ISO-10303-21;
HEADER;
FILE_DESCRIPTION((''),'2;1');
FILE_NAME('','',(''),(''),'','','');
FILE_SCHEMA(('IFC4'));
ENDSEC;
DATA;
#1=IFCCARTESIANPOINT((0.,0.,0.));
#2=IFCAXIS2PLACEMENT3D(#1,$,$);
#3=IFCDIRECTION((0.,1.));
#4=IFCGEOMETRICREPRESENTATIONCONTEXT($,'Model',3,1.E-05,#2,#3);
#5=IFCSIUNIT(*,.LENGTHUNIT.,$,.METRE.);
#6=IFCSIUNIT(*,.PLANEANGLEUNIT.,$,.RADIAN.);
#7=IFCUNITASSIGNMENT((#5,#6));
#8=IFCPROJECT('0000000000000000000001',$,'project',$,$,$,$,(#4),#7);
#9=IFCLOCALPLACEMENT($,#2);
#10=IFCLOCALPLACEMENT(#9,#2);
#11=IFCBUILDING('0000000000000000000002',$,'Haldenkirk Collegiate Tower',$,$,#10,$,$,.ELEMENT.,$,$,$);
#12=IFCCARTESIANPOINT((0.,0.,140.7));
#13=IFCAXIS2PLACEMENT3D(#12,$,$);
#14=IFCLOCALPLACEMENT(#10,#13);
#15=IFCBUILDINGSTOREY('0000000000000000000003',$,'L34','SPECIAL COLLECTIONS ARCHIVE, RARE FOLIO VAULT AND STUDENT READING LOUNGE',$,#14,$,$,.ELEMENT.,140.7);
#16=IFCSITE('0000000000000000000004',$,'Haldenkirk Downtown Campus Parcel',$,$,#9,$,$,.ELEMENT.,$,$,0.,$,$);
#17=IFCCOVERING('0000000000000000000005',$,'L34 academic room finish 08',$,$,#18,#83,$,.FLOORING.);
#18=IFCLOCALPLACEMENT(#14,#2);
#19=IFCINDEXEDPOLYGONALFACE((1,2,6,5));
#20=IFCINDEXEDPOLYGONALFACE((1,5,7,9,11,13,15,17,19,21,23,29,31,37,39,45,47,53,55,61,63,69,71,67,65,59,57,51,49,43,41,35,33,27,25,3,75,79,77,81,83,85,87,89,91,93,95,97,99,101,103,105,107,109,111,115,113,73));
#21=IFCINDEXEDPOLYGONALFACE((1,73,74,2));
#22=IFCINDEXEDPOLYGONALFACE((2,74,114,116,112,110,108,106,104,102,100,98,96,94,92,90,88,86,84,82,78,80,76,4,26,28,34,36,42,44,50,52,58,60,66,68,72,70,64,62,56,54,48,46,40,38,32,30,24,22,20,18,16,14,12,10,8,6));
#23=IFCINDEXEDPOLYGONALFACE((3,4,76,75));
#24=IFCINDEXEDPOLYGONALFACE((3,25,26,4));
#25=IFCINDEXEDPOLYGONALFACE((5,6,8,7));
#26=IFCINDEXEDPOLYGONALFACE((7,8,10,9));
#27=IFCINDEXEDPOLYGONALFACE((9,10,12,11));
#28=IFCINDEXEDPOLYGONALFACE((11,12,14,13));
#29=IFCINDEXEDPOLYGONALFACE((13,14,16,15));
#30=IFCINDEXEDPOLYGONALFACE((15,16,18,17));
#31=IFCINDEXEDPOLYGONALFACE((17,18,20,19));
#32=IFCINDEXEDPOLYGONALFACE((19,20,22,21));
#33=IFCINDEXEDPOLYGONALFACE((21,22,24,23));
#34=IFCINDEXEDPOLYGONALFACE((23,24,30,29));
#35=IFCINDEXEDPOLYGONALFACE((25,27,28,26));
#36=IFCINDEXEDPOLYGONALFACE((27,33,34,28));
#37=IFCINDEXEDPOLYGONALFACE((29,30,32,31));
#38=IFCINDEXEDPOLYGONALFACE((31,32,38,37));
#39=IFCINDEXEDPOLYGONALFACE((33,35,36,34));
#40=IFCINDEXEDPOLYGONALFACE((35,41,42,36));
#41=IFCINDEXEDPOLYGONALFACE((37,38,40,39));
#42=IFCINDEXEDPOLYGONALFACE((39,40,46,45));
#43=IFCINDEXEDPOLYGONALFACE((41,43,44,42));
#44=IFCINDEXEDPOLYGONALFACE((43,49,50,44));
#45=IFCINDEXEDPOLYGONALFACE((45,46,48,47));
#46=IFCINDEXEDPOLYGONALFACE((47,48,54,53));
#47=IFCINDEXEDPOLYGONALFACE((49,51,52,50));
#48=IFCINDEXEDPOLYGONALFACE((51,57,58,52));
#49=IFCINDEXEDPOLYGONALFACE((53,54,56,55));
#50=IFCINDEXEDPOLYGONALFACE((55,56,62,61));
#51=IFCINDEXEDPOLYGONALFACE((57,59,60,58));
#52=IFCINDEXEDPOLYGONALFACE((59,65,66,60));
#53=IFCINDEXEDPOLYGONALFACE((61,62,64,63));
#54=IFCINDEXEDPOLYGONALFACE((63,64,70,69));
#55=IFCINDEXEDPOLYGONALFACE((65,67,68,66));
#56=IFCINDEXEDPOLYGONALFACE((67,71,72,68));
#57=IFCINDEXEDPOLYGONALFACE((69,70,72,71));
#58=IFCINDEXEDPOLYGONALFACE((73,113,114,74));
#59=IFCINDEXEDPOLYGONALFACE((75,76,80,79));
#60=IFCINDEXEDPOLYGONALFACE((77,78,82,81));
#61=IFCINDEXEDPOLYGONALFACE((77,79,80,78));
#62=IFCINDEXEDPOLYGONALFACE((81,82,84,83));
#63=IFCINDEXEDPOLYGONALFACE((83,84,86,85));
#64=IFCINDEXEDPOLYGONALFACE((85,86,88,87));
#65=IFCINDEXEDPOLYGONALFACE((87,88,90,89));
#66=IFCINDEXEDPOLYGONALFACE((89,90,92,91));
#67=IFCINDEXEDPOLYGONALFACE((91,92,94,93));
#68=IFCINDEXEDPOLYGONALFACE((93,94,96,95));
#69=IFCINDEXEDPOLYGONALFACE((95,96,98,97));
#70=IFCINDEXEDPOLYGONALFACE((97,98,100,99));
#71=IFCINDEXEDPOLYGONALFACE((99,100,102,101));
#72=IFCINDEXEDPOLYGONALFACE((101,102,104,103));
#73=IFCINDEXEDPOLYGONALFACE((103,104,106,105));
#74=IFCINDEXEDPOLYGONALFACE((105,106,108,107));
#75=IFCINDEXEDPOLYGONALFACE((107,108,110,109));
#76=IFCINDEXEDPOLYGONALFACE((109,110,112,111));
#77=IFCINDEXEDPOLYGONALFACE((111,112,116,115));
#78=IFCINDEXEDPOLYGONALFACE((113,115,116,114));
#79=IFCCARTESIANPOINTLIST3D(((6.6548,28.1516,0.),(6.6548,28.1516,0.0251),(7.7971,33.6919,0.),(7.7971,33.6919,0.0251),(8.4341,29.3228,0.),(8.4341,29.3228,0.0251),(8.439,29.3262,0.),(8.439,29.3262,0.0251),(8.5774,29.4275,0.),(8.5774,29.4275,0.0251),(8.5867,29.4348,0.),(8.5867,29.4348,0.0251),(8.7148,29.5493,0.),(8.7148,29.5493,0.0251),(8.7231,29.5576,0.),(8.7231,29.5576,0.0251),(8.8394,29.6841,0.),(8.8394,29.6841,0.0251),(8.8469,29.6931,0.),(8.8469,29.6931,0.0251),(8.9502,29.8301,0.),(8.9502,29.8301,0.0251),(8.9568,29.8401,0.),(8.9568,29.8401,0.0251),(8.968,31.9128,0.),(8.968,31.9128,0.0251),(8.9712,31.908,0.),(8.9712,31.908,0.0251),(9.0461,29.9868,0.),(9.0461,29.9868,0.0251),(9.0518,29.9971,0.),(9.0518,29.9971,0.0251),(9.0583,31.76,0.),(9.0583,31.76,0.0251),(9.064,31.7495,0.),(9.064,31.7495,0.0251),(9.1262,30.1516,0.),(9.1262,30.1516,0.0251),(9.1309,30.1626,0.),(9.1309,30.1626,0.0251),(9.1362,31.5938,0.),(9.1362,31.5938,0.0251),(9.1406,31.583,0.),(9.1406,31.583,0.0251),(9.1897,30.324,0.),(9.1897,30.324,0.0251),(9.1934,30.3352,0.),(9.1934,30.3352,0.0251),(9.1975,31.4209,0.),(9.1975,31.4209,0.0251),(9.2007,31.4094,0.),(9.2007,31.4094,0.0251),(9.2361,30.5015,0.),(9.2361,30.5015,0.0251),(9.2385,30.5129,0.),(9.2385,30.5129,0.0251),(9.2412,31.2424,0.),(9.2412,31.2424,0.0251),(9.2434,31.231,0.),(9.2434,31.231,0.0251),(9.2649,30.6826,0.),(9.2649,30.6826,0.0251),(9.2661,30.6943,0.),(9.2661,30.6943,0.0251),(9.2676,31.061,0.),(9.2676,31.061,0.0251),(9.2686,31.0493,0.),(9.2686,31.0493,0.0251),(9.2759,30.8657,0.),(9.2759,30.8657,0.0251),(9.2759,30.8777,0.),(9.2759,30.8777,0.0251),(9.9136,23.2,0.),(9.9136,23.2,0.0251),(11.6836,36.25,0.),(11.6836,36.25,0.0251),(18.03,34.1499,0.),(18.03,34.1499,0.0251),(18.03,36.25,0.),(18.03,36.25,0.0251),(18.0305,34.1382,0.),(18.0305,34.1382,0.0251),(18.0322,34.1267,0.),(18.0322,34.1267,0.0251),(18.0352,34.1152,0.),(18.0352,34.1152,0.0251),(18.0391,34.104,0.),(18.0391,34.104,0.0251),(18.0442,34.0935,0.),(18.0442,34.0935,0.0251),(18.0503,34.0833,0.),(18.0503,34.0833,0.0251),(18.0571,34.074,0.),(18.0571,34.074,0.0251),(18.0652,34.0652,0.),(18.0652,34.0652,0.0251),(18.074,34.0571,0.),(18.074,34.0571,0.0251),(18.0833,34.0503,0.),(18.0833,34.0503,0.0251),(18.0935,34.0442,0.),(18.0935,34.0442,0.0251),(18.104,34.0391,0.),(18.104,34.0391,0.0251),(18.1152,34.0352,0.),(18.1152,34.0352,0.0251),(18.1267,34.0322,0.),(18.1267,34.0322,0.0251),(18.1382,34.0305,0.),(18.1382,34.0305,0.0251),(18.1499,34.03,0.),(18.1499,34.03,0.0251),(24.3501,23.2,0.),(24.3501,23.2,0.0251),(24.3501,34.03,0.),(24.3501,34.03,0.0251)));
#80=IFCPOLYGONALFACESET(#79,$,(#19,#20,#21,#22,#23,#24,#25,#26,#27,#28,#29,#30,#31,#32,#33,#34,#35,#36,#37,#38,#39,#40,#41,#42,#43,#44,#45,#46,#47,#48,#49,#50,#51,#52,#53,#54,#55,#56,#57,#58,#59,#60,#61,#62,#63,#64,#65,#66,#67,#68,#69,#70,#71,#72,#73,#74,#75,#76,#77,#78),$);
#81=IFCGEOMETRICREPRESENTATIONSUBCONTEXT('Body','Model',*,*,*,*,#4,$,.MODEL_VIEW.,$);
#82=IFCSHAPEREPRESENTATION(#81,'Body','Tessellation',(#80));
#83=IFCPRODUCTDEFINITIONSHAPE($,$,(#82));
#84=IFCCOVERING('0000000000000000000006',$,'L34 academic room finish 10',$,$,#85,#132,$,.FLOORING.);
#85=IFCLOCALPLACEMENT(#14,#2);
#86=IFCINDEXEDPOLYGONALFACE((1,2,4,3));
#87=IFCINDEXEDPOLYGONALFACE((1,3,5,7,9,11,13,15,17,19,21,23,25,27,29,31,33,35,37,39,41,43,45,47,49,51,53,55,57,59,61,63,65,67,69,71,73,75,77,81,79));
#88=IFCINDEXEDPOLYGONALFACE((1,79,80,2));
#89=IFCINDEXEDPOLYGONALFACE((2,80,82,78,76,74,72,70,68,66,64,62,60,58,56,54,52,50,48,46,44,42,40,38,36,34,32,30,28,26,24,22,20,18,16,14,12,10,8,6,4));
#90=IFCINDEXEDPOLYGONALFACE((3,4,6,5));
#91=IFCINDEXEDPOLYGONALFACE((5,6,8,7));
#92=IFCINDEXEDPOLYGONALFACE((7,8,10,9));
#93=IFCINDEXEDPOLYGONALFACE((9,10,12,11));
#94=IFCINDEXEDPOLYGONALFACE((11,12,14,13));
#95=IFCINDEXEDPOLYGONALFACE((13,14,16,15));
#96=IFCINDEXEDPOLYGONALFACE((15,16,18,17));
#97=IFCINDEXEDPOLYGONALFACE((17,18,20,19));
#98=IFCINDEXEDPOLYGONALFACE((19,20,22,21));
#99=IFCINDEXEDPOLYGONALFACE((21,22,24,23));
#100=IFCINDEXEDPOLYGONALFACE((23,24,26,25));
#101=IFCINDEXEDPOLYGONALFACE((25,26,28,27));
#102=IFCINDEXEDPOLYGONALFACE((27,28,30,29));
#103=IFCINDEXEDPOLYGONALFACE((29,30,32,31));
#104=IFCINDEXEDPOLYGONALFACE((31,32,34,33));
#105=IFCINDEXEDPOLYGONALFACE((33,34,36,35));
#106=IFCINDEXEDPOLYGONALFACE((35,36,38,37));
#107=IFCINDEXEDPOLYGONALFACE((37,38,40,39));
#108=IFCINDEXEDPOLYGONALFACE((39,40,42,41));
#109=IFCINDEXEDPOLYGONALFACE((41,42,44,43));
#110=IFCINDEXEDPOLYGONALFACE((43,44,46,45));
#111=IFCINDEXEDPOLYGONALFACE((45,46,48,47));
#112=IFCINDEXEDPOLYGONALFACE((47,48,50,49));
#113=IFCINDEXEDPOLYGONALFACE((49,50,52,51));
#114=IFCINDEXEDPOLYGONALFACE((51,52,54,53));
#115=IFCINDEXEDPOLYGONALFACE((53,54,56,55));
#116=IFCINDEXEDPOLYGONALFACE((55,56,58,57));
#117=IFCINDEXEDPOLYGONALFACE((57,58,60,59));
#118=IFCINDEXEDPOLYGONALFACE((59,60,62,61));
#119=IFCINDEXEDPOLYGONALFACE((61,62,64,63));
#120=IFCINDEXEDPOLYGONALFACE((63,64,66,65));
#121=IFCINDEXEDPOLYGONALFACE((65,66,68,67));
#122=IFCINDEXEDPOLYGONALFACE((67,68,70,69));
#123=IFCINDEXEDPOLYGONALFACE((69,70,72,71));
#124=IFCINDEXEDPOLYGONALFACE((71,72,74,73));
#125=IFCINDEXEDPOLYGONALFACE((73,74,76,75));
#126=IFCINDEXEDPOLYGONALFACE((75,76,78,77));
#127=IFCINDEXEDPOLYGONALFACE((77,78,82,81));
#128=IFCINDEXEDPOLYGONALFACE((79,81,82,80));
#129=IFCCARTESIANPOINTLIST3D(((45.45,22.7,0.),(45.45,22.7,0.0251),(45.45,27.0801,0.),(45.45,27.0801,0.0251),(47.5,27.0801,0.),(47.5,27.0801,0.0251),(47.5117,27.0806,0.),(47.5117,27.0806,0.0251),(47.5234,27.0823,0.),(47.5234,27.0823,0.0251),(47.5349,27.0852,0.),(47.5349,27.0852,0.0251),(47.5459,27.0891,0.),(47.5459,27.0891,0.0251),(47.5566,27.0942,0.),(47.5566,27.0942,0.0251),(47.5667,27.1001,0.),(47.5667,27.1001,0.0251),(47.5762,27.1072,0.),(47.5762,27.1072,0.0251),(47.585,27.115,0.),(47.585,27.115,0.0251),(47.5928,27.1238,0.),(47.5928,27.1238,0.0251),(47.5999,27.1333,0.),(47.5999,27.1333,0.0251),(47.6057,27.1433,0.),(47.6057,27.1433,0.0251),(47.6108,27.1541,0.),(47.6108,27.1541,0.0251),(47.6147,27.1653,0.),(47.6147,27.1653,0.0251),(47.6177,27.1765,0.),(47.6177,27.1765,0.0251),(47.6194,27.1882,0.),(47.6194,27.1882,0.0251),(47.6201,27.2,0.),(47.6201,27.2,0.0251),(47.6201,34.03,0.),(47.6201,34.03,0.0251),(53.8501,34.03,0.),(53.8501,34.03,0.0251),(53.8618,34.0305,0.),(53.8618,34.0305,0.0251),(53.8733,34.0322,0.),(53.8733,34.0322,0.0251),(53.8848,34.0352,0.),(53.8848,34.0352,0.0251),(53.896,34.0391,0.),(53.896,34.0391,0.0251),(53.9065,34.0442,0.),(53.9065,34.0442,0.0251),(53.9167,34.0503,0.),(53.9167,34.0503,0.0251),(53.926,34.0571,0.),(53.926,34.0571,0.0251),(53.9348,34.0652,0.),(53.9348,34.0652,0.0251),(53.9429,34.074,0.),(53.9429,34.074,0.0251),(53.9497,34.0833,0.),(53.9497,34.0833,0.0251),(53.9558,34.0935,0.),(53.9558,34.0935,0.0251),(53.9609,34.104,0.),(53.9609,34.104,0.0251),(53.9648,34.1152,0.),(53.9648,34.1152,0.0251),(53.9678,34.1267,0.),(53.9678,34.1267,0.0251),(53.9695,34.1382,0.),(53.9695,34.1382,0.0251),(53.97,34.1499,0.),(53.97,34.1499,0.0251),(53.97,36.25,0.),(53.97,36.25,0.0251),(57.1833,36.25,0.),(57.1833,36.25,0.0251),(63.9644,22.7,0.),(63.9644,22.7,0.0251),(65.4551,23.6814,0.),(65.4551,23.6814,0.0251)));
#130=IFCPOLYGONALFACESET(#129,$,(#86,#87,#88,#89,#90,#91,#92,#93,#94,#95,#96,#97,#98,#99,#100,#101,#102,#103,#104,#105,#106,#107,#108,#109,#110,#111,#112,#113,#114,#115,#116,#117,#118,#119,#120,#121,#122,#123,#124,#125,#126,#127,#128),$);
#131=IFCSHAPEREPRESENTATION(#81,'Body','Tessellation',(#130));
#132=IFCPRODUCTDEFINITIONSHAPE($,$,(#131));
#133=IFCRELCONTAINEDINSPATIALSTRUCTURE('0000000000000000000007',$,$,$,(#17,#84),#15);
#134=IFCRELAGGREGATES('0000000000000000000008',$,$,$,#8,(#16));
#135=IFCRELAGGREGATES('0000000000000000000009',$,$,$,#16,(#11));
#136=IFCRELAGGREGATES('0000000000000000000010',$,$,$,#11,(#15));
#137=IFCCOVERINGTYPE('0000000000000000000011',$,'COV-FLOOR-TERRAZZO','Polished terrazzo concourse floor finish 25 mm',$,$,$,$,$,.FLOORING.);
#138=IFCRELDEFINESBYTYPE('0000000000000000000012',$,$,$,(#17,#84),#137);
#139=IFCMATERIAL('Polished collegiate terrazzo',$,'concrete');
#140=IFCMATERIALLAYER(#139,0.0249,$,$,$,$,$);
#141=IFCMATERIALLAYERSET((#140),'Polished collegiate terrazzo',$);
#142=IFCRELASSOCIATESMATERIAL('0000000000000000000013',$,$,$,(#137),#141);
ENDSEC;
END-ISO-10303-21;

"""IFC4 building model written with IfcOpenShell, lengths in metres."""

from ifc_helpers import new_model, si_unit, direction, frame, origin, place, context, subcontext, project, spatial, polyline, outline, extrude, material, layer, layer_set, type_object, element, save


model = new_model("IFC4")

# Units and contexts
model_context = context("Model", 3, precision=1e-05, world=origin(), true_north=direction((0.0, 1.0)))
body_context = subcontext(model_context, "Body", "Model", "MODEL_VIEW")
ifc_project = project(units=[si_unit("LENGTHUNIT", "METRE"), si_unit("PLANEANGLEUNIT", "RADIAN")], contexts=[model_context])

# Site, building, storey
site_placement = place(None, origin())
site = spatial("IfcSite", under=ifc_project, at=site_placement, Name="Haldenkirk Downtown Campus Parcel", CompositionType="ELEMENT", RefElevation=0.0)
building_placement = place(site_placement, origin())
building = spatial("IfcBuilding", under=site, at=building_placement, Name="Haldenkirk Collegiate Tower", CompositionType="ELEMENT")
storey_placement = place(building_placement, frame((0.0, 0.0, 140.7)))
storey = spatial("IfcBuildingStorey", under=building, at=storey_placement, Name="L34", Description="SPECIAL COLLECTIONS ARCHIVE, RARE FOLIO VAULT AND STUDENT READING LOUNGE", CompositionType="ELEMENT", Elevation=140.7)

# Coverings
ifc_material_1 = material(Name="Polished collegiate terrazzo", Category="concrete")
ifc_layer_1 = layer(ifc_material_1, 0.0249)
ifc_layer_set_1 = layer_set([ifc_layer_1], Name="Polished collegiate terrazzo")
covering_type_1 = type_object("IfcCoveringType", Name="COV-FLOOR-TERRAZZO", Description="Polished terrazzo concourse floor finish 25 mm", PredefinedType="FLOORING", material=ifc_layer_set_1)
covering_1_placement = place(storey_placement, origin())
element("IfcCovering", 1, at=covering_1_placement, inside=storey, type_object=covering_type_1, Name="L34 academic room finish 08", PredefinedType="FLOORING", context=body_context, shape_type="SweptSolid", body=[
    extrude(outline(polyline([(8.4341, 29.3228), (8.439, 29.3262), (8.5774, 29.4275), (8.5867, 29.4348), (8.7148, 29.5493), (8.7231, 29.5576), (8.8394, 29.6841), (8.8469, 29.6931), (8.9502, 29.8301), (8.9568, 29.8401), (9.0461, 29.9868), (9.0518, 29.9971), (9.1262, 30.1516), (9.1309, 30.1626), (9.1897, 30.324), (9.1934, 30.3352), (9.2361, 30.5015), (9.2385, 30.5129), (9.2649, 30.6826), (9.2661, 30.6943), (9.2759, 30.8657), (9.2759, 30.8777), (9.2686, 31.0493), (9.2676, 31.061), (9.2434, 31.231), (9.2412, 31.2424), (9.2007, 31.4094), (9.1975, 31.4209), (9.1406, 31.583), (9.1362, 31.5938), (9.064, 31.7495), (9.0583, 31.76), (8.9712, 31.908), (8.968, 31.9128), (7.7971, 33.6919), (11.6836, 36.25), (18.03, 36.25), (18.03, 34.1499), (18.0305, 34.1382), (18.0322, 34.1267), (18.0352, 34.1152), (18.0391, 34.104), (18.0442, 34.0935), (18.0503, 34.0833), (18.0571, 34.074), (18.0652, 34.0652), (18.074, 34.0571), (18.0833, 34.0503), (18.0935, 34.0442), (18.104, 34.0391), (18.1152, 34.0352), (18.1267, 34.0322), (18.1382, 34.0305), (18.1499, 34.03), (24.3501, 34.03), (24.3501, 23.2), (9.9136, 23.2), (6.6548, 28.1516), (8.4341, 29.3228)])), origin(), (0.0, 0.0, 1.0), 0.0251),
])
covering_2_placement = place(storey_placement, origin())
element("IfcCovering", 2, at=covering_2_placement, inside=storey, type_object=covering_type_1, Name="L34 academic room finish 10", PredefinedType="FLOORING", context=body_context, shape_type="SweptSolid", body=[
    extrude(outline(polyline([(63.9644, 22.7), (45.45, 22.7), (45.45, 27.0801), (47.5, 27.0801), (47.5117, 27.0806), (47.5234, 27.0823), (47.5349, 27.0852), (47.5459, 27.0891), (47.5566, 27.0942), (47.5667, 27.1001), (47.5762, 27.1072), (47.585, 27.115), (47.5928, 27.1238), (47.5999, 27.1333), (47.6057, 27.1433), (47.6108, 27.1541), (47.6147, 27.1653), (47.6177, 27.1765), (47.6194, 27.1882), (47.6201, 27.2), (47.6201, 34.03), (53.8501, 34.03), (53.8618, 34.0305), (53.8733, 34.0322), (53.8848, 34.0352), (53.896, 34.0391), (53.9065, 34.0442), (53.9167, 34.0503), (53.926, 34.0571), (53.9348, 34.0652), (53.9429, 34.074), (53.9497, 34.0833), (53.9558, 34.0935), (53.9609, 34.104), (53.9648, 34.1152), (53.9678, 34.1267), (53.9695, 34.1382), (53.97, 34.1499), (53.97, 36.25), (57.1833, 36.25), (65.4551, 23.6814), (63.9644, 22.7)])), origin(), (0.0, 0.0, 1.0), 0.0251),
])

save(model, "model.ifc")
